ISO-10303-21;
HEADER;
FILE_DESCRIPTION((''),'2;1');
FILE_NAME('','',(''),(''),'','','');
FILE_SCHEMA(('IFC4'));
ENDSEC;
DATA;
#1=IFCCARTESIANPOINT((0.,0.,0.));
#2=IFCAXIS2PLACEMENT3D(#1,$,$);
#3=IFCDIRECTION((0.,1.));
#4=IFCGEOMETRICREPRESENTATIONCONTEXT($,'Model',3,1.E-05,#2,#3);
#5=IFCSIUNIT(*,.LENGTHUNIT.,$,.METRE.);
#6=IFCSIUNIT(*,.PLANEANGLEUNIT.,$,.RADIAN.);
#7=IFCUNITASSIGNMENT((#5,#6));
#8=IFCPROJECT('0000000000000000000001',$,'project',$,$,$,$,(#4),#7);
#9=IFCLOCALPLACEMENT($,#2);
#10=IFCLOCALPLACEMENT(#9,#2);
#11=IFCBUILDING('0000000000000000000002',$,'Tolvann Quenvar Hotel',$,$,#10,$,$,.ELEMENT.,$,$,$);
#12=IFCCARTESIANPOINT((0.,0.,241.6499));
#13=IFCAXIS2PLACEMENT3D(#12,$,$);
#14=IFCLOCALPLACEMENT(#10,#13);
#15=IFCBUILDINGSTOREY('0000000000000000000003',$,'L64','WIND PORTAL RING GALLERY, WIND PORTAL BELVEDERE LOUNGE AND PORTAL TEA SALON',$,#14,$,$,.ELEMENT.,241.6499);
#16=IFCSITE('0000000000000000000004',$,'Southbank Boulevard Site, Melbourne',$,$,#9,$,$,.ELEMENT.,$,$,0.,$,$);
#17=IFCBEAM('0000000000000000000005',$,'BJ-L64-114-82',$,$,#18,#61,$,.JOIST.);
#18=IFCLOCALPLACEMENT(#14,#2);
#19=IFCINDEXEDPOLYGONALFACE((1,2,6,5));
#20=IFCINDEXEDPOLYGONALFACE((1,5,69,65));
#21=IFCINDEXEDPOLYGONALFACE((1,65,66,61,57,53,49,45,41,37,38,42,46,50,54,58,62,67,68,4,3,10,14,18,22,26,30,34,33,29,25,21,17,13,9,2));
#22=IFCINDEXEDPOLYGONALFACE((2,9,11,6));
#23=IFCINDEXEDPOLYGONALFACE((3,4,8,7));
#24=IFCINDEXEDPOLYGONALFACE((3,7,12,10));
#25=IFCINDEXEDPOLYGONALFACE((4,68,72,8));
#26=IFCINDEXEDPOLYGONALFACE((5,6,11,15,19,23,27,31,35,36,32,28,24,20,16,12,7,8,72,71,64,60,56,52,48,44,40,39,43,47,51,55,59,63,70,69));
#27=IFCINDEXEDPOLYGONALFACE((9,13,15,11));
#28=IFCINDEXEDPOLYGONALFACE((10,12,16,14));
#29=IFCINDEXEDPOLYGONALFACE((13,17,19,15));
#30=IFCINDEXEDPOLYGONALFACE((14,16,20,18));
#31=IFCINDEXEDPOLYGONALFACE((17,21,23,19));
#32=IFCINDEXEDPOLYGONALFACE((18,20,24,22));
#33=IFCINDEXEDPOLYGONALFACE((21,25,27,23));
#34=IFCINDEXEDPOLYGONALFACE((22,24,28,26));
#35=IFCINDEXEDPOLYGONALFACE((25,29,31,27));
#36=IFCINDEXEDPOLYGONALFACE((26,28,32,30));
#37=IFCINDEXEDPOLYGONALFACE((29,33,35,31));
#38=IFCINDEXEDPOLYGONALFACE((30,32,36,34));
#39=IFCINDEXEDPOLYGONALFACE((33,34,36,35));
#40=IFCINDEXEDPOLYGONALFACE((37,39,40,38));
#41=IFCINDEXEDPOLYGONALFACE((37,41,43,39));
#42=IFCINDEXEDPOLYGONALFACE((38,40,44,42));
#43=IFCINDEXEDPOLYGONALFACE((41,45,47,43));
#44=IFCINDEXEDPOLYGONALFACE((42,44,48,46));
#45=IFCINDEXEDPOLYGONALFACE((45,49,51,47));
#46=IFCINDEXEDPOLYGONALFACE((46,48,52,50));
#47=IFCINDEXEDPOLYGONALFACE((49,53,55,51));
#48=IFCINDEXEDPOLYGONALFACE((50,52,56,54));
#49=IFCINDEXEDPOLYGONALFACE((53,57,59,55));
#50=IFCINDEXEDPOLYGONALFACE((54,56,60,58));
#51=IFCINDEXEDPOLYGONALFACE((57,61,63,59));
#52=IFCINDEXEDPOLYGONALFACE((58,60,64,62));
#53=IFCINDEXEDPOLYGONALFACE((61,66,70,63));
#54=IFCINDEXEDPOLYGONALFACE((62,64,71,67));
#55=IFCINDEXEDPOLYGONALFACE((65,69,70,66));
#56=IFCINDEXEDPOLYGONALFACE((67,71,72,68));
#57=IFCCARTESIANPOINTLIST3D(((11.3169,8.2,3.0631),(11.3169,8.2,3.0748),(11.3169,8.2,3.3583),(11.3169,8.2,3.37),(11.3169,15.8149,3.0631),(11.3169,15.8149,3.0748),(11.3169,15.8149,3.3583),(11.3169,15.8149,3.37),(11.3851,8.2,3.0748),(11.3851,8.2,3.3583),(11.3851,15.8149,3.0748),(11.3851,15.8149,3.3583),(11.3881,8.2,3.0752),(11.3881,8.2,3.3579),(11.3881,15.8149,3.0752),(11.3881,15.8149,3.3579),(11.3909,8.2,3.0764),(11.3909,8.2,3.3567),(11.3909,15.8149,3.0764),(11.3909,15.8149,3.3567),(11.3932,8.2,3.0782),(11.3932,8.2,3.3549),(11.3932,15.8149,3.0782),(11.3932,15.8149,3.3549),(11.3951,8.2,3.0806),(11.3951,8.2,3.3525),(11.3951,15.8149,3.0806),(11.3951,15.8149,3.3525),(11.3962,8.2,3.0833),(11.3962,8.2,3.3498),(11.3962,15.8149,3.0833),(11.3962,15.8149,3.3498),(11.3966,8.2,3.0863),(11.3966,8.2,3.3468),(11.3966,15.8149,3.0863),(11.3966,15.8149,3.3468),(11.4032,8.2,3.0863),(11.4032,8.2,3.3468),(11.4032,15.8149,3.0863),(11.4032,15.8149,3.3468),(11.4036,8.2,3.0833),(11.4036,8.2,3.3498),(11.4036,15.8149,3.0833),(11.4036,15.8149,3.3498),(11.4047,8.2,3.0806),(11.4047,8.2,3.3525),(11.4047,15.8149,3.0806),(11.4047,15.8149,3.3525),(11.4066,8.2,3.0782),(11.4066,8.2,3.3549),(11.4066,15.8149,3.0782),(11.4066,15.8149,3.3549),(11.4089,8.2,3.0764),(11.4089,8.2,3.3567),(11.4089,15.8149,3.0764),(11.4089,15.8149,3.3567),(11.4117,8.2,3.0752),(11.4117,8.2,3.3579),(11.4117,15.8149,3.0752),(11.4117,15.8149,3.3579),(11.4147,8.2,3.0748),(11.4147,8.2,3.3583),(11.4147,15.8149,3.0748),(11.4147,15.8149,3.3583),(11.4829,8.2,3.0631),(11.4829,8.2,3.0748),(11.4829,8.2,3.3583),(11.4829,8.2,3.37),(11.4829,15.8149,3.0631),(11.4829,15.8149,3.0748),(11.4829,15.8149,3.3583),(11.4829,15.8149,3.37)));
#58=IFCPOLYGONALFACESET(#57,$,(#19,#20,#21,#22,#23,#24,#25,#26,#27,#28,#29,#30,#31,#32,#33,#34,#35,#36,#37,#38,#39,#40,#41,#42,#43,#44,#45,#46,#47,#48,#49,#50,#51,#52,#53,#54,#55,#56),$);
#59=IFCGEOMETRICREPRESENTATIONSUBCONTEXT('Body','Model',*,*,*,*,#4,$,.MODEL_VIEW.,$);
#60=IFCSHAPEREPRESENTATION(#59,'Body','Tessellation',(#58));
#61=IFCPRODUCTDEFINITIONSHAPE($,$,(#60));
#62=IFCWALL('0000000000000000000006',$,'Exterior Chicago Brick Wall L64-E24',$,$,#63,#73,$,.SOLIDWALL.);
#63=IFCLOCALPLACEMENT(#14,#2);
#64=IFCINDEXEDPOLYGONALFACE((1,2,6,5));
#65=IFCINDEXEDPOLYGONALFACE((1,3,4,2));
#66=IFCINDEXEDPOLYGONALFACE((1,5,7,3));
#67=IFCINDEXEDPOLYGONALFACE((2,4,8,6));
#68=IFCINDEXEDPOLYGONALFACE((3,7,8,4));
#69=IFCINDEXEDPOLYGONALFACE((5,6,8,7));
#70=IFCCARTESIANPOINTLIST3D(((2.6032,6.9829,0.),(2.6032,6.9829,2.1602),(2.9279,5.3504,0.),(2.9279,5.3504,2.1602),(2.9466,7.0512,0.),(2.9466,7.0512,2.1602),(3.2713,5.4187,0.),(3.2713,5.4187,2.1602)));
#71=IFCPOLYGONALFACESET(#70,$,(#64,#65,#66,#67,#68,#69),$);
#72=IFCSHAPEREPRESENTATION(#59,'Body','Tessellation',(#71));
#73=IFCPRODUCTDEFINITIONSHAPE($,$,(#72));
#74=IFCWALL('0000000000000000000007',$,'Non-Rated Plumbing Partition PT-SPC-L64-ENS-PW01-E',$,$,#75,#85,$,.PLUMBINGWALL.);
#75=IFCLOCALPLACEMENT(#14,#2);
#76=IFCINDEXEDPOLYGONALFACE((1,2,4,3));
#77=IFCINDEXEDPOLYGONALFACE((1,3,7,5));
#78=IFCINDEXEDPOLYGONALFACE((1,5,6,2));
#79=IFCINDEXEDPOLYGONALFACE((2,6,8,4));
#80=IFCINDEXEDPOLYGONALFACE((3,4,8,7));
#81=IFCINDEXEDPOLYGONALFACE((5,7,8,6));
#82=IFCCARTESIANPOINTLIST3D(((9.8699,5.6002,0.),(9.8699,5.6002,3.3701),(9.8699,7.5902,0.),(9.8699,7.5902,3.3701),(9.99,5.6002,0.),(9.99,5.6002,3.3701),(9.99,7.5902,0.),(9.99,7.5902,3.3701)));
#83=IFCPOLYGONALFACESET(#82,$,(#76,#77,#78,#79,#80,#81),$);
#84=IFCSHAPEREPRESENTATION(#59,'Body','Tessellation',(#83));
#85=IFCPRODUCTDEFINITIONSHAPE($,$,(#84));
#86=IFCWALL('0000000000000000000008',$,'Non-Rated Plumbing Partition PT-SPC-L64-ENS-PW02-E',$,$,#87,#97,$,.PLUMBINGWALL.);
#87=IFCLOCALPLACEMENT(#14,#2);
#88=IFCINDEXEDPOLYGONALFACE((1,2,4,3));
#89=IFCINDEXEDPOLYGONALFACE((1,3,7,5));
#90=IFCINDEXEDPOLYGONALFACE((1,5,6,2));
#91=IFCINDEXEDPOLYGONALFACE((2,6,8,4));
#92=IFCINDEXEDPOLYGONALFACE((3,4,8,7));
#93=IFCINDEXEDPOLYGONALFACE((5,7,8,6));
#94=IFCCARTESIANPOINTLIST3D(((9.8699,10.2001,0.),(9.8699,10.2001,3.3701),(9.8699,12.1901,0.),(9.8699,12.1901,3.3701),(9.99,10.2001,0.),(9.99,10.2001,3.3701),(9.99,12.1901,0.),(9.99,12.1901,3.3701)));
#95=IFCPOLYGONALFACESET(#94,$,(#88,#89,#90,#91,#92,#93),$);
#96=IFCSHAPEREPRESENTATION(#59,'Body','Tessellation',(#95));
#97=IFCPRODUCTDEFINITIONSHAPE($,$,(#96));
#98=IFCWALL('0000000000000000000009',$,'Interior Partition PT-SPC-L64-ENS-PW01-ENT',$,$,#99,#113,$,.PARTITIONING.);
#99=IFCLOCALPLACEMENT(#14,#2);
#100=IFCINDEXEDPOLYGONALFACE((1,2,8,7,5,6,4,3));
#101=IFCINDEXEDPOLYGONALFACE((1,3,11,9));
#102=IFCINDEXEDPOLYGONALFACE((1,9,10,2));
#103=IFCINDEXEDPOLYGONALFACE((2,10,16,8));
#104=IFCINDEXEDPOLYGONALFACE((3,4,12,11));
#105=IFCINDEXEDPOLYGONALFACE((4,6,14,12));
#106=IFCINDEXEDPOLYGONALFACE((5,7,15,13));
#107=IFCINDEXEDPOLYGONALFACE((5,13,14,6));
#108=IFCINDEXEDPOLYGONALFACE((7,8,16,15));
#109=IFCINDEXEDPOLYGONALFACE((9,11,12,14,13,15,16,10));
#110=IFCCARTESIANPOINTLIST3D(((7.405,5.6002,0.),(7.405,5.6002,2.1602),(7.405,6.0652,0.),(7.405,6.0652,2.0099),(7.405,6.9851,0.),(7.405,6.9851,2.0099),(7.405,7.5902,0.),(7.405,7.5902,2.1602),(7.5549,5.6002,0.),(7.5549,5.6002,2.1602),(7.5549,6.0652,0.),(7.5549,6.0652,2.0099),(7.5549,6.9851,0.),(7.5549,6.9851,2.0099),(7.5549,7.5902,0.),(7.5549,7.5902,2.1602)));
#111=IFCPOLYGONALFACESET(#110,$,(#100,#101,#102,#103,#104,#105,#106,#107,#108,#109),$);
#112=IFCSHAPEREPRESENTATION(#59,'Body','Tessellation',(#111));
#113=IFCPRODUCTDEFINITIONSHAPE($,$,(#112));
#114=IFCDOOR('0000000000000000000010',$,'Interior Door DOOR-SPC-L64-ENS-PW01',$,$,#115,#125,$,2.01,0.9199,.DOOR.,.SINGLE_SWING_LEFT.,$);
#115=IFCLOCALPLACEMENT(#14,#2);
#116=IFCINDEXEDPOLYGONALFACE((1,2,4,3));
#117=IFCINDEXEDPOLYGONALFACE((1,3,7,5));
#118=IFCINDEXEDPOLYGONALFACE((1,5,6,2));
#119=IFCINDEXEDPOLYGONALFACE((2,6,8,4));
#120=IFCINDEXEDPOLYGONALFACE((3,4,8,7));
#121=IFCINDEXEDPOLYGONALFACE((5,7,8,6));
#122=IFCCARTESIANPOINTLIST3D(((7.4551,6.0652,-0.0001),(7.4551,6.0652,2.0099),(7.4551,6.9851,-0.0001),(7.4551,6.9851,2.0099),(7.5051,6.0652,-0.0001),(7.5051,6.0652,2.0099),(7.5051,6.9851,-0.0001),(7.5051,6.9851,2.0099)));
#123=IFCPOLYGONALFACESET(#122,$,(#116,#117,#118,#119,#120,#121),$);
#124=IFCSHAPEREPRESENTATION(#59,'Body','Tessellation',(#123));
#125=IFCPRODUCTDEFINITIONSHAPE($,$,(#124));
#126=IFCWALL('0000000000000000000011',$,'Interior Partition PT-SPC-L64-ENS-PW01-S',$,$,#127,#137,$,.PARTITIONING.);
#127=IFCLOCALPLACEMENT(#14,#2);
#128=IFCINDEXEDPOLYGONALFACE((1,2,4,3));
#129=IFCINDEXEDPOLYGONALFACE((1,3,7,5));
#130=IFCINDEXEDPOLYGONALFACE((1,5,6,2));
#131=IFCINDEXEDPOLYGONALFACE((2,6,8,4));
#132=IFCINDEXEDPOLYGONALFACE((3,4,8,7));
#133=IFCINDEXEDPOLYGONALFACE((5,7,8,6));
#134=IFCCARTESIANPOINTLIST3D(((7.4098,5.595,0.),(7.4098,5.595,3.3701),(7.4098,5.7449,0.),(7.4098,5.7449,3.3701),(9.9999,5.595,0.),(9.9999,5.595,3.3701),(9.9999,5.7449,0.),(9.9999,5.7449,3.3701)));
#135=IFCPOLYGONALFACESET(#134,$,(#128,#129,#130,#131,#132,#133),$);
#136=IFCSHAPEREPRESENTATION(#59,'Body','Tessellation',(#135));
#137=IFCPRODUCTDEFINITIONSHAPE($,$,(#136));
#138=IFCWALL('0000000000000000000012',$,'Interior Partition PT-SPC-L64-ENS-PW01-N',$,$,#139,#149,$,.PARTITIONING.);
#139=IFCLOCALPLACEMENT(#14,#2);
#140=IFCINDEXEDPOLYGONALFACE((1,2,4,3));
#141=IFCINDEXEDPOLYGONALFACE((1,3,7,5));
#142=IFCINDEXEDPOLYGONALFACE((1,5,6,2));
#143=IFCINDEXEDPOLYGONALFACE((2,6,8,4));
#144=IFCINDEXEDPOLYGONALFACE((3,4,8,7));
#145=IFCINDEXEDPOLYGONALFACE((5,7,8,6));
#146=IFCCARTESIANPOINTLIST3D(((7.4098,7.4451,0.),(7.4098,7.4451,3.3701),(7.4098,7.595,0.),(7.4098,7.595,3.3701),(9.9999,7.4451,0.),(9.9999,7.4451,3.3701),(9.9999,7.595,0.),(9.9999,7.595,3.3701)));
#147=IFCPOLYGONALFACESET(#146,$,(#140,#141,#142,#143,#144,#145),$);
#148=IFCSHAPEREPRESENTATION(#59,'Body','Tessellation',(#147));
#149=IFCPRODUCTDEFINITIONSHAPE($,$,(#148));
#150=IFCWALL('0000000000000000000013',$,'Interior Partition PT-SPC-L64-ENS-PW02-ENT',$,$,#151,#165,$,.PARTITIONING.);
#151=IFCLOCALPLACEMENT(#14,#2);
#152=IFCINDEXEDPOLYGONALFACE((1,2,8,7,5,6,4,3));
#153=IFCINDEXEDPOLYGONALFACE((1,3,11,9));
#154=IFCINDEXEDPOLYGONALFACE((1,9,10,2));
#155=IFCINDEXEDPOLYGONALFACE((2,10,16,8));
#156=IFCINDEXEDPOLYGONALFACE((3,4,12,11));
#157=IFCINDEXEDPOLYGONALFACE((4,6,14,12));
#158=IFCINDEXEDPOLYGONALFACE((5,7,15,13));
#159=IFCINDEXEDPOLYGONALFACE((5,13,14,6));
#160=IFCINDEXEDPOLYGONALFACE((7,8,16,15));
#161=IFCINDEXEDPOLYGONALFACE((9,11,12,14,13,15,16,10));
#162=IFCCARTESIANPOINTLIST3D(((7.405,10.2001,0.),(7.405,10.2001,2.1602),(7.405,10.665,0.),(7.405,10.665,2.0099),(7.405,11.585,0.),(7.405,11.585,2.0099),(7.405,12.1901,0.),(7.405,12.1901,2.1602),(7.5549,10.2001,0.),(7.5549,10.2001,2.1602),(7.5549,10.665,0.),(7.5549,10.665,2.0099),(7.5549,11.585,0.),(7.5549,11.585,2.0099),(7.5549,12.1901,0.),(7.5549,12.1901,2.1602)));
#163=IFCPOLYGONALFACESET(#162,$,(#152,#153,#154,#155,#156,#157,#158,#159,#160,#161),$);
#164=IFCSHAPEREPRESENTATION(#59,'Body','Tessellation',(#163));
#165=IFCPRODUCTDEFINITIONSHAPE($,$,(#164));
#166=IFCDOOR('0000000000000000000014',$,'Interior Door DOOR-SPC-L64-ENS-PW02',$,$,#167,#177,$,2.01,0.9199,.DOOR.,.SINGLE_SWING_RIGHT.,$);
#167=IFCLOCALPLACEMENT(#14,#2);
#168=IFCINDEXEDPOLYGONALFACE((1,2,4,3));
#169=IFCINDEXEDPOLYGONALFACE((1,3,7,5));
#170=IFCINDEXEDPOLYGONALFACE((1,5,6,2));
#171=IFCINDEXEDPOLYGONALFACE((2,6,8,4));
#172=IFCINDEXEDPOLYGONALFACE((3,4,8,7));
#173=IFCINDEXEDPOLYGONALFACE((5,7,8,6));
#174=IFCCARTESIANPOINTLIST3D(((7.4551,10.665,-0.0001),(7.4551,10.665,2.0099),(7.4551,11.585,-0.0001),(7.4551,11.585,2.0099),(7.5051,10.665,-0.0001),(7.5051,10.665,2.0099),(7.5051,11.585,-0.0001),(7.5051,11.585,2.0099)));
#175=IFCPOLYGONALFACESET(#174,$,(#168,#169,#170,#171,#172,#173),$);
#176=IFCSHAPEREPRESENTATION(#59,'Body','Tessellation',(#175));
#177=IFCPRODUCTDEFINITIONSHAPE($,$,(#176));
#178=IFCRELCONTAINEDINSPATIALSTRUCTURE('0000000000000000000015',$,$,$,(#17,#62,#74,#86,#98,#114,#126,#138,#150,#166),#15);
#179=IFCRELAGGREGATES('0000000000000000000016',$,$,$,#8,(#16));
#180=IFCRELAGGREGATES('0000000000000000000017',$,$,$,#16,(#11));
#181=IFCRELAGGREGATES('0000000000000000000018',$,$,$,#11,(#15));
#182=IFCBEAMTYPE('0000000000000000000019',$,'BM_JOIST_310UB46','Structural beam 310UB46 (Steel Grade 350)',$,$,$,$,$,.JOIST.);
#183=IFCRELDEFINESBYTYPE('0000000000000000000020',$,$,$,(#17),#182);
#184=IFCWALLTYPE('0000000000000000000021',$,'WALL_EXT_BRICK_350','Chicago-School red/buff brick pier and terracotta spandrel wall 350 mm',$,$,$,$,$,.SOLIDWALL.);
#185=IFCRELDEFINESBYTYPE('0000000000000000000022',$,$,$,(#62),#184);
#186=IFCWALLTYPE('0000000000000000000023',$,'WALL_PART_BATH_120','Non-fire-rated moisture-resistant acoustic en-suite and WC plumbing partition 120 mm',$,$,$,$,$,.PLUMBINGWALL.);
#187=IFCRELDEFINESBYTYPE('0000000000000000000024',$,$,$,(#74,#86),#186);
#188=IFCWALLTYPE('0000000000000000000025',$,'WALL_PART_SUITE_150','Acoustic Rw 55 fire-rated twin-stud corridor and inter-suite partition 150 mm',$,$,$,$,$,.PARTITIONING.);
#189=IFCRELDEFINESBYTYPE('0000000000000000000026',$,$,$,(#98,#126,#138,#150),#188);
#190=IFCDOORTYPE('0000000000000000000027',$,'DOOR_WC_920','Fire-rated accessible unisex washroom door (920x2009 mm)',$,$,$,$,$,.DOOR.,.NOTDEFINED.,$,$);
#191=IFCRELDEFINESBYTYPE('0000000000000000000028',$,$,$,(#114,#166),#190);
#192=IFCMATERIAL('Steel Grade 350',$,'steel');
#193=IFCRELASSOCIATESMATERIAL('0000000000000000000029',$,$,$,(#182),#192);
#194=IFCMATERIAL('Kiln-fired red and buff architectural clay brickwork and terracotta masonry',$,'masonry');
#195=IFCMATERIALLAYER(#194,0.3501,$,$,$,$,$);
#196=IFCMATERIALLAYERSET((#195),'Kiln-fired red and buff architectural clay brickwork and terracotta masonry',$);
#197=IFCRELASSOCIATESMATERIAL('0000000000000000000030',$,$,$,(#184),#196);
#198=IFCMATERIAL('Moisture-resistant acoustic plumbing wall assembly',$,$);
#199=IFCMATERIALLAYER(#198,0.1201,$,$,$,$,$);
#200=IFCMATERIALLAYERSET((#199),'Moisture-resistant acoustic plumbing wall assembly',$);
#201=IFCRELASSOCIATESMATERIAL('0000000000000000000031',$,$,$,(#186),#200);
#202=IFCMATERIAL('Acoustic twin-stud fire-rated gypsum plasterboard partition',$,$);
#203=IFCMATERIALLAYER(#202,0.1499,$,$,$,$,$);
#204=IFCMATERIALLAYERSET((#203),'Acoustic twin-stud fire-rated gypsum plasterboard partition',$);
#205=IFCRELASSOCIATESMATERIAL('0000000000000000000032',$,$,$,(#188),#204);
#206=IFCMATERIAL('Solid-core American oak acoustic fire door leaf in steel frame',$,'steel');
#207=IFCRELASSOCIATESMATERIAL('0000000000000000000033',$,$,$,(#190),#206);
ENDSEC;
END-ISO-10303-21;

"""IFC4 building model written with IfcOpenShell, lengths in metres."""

from ifc_helpers import new_model, si_unit, direction, frame, frame_2d, origin, origin_2d, place, context, subcontext, project, spatial, rectangle, i_section, extrude, source, transform, mapped, material, layer, layer_set, material_profile, profile_set, type_object, type_shapes, element, fill, save


model = new_model("IFC4")

# Units and contexts
model_context = context("Model", 3, precision=1e-05, world=origin(), true_north=direction((0.0, 1.0)))
body_context = subcontext(model_context, "Body", "Model", "MODEL_VIEW")
ifc_project = project(units=[si_unit("LENGTHUNIT", "METRE"), si_unit("PLANEANGLEUNIT", "RADIAN")], contexts=[model_context])

# Site, building, storey
site_placement = place(None, origin())
site = spatial("IfcSite", under=ifc_project, at=site_placement, Name="Southbank Boulevard Site, Melbourne", CompositionType="ELEMENT", RefElevation=0.0)
building_placement = place(site_placement, origin())
building = spatial("IfcBuilding", under=site, at=building_placement, Name="Tolvann Quenvar Hotel", CompositionType="ELEMENT")
storey_placement = place(building_placement, frame((0.0, 0.0, 241.6499)))
storey = spatial("IfcBuildingStorey", under=building, at=storey_placement, Name="L64", Description="WIND PORTAL RING GALLERY, WIND PORTAL BELVEDERE LOUNGE AND PORTAL TEA SALON", CompositionType="ELEMENT", Elevation=241.6499)

# Shared definitions
ifc_material_1 = material(Name="Steel Grade 350", Category="steel")

# Beam
ifc_material_profile_1 = material_profile(ifc_material_1, i_section(OverallWidth=0.166, OverallDepth=0.3069, WebThickness=0.0066, FlangeThickness=0.0117, FilletRadius=0.0115, at=origin_2d()), Name="310UB46")
ifc_profile_set_1 = profile_set([ifc_material_profile_1], Name="Steel Grade 350")
beam_type_1 = type_object("IfcBeamType", Name="BM_JOIST_310UB46", Description="Structural beam 310UB46 (Steel Grade 350)", PredefinedType="JOIST", material=ifc_profile_set_1)
shared_shape_1 = source(origin(), body_context, "Body", "SweptSolid", [
    extrude(i_section(OverallWidth=0.166, OverallDepth=0.3069, WebThickness=0.0066, FlangeThickness=0.0117, FilletRadius=0.0115, at=origin_2d()), origin(), (0.0, 0.0, 1.0), 7.615),
])
type_shapes(beam_type_1, [shared_shape_1])
beam_1_placement = place(storey_placement, frame((11.3999, 8.2, 3.2166), z_axis=(0.0, 1.0, 0.0), x_axis=(-1.0, 0.0, 0.0)))
element("IfcBeam", 1, at=beam_1_placement, inside=storey, type_object=beam_type_1, Name="BJ-L64-114-82", PredefinedType="JOIST", context=body_context, shape_type="MappedRepresentation", body=[
    mapped(shared_shape_1, transform((0.0, 0.0, 0.0), x_axis=(1.0, 0.0, 0.0), y_axis=(0.0, 1.0, 0.0), z_axis=(0.0, 0.0, 1.0), scale=1.0)),
])

# Walls
ifc_material_2 = material(Name="Kiln-fired red and buff architectural clay brickwork and terracotta masonry", Category="masonry")
ifc_layer_1 = layer(ifc_material_2, 0.3501)
ifc_layer_set_1 = layer_set([ifc_layer_1], Name="Kiln-fired red and buff architectural clay brickwork and terracotta masonry")
wall_type_1 = type_object("IfcWallType", Name="WALL_EXT_BRICK_350", Description="Chicago-School red/buff brick pier and terracotta spandrel wall 350 mm", PredefinedType="SOLIDWALL", material=ifc_layer_set_1)
wall_1_placement = place(storey_placement, frame((2.7749, 7.0171, 0.0), z_axis=(0.0, 0.0, 1.0), x_axis=(0.195072, -0.980789, 0.0)))
element("IfcWall", 2, at=wall_1_placement, inside=storey, type_object=wall_type_1, Name="Exterior Chicago Brick Wall L64-E24", PredefinedType="SOLIDWALL", context=body_context, shape_type="SweptSolid", body=[
    extrude(rectangle(XDim=1.6646, YDim=0.3501, at=frame_2d((0.8323, 0.0))), origin(), (0.0, 0.0, 1.0), 2.1602),
])
ifc_material_3 = material(Name="Moisture-resistant acoustic plumbing wall assembly")
ifc_layer_2 = layer(ifc_material_3, 0.1201)
ifc_layer_set_2 = layer_set([ifc_layer_2], Name="Moisture-resistant acoustic plumbing wall assembly")
wall_type_2 = type_object("IfcWallType", Name="WALL_PART_BATH_120", Description="Non-fire-rated moisture-resistant acoustic en-suite and WC plumbing partition 120 mm", PredefinedType="PLUMBINGWALL", material=ifc_layer_set_2)
for number, where, z_axis, x_axis, name in (
    (3, (9.9299, 5.6001, 0.0), (0.0, 0.0, 1.0), (0.0, 1.0, 0.0), "Non-Rated Plumbing Partition PT-SPC-L64-ENS-PW01-E"),
    (4, (9.9299, 10.2, 0.0), (0.0, 0.0, 1.0), (0.0, 1.0, 0.0), "Non-Rated Plumbing Partition PT-SPC-L64-ENS-PW02-E"),
):
    element("IfcWall", number, at=place(storey_placement, frame(where, z_axis=z_axis, x_axis=x_axis)), inside=storey, type_object=wall_type_2, Name=name, PredefinedType="PLUMBINGWALL", context=body_context, shape_type="SweptSolid", body=[
        extrude(rectangle(XDim=1.99, YDim=0.1201, at=frame_2d((0.9951, 0.0))), origin(), (0.0, 0.0, 1.0), 3.3701),
    ])

# Wall, opening, door
ifc_material_4 = material(Name="Acoustic twin-stud fire-rated gypsum plasterboard partition")
ifc_layer_3 = layer(ifc_material_4, 0.1499)
ifc_layer_set_3 = layer_set([ifc_layer_3], Name="Acoustic twin-stud fire-rated gypsum plasterboard partition")
wall_type_3 = type_object("IfcWallType", Name="WALL_PART_SUITE_150", Description="Acoustic Rw 55 fire-rated twin-stud corridor and inter-suite partition 150 mm", PredefinedType="PARTITIONING", material=ifc_layer_set_3)
wall_2_placement = place(storey_placement, frame((7.48, 5.6001, 0.0), z_axis=(0.0, 0.0, 1.0), x_axis=(0.0, 1.0, 0.0)))
wall_2 = element("IfcWall", 5, at=wall_2_placement, inside=storey, type_object=wall_type_3, Name="Interior Partition PT-SPC-L64-ENS-PW01-ENT", PredefinedType="PARTITIONING", context=body_context, shape_type="SweptSolid", body=[
    extrude(rectangle(XDim=1.99, YDim=0.1499, at=frame_2d((0.9951, 0.0))), origin(), (0.0, 0.0, 1.0), 2.1602),
])
opening_1_placement = place(wall_2_placement, frame((0.4651, 0.0, 0.0)))
opening_1 = element("IfcOpeningElement", 6, at=opening_1_placement, cuts=wall_2, PredefinedType="OPENING", context=body_context, shape_type="SweptSolid", body=[
    extrude(rectangle(XDim=0.9199, YDim=2.01, at=frame_2d((0.46, 1.0049))), frame((0.0, 0.085, 0.0), z_axis=(0.0, -1.0, 0.0), x_axis=(1.0, 0.0, 0.0)), (0.0, 0.0, 1.0), 0.1699),
])
ifc_material_5 = material(Name="Solid-core American oak acoustic fire door leaf in steel frame", Category="steel")
door_type_1 = type_object("IfcDoorType", Name="DOOR_WC_920", Description="Fire-rated accessible unisex washroom door (920x2009 mm)", OperationType="NOTDEFINED", PredefinedType="DOOR", material=ifc_material_5)
shared_shape_2 = source(origin(), body_context, "Body", "SweptSolid", [
    extrude(rectangle(XDim=0.9199, YDim=2.01, at=frame_2d((0.46, 1.0049))), frame((0.0, 0.0249, 0.0), z_axis=(0.0, -1.0, 0.0), x_axis=(1.0, 0.0, 0.0)), (0.0, 0.0, 1.0), 0.05),
])
type_shapes(door_type_1, [shared_shape_2])
door_1_placement = place(opening_1_placement, origin())
door_1 = element("IfcDoor", 7, at=door_1_placement, inside=storey, type_object=door_type_1, Name="Interior Door DOOR-SPC-L64-ENS-PW01", OperationType="SINGLE_SWING_LEFT", OverallHeight=2.01, OverallWidth=0.9199, PredefinedType="DOOR", context=body_context, shape_type="MappedRepresentation", body=[
    mapped(shared_shape_2, transform((0.0, 0.0, 0.0), x_axis=(1.0, 0.0, 0.0), y_axis=(0.0, 1.0, 0.0), z_axis=(0.0, 0.0, 1.0), scale=1.0)),
])
fill(opening_1, door_1)

# Walls
for number, where, z_axis, x_axis, name in (
    (8, (7.4099, 5.6699, 0.0), (0.0, 0.0, 1.0), (1.0, 0.0, 0.0), "Interior Partition PT-SPC-L64-ENS-PW01-S"),
    (9, (7.4099, 7.52, 0.0), (0.0, 0.0, 1.0), (1.0, 0.0, 0.0), "Interior Partition PT-SPC-L64-ENS-PW01-N"),
):
    element("IfcWall", number, at=place(storey_placement, frame(where, z_axis=z_axis, x_axis=x_axis)), inside=storey, type_object=wall_type_3, Name=name, PredefinedType="PARTITIONING", context=body_context, shape_type="SweptSolid", body=[
        extrude(rectangle(XDim=2.5901, YDim=0.1499, at=frame_2d((1.2949, 0.0))), origin(), (0.0, 0.0, 1.0), 3.3701),
    ])

# Wall, opening, door
wall_3_placement = place(storey_placement, frame((7.48, 10.2, 0.0), z_axis=(0.0, 0.0, 1.0), x_axis=(0.0, 1.0, 0.0)))
wall_3 = element("IfcWall", 10, at=wall_3_placement, inside=storey, type_object=wall_type_3, Name="Interior Partition PT-SPC-L64-ENS-PW02-ENT", PredefinedType="PARTITIONING", context=body_context, shape_type="SweptSolid", body=[
    extrude(rectangle(XDim=1.99, YDim=0.1499, at=frame_2d((0.9951, 0.0))), origin(), (0.0, 0.0, 1.0), 2.1602),
])
opening_2_placement = place(wall_3_placement, frame((0.4651, 0.0, 0.0)))
opening_2 = element("IfcOpeningElement", 11, at=opening_2_placement, cuts=wall_3, PredefinedType="OPENING", context=body_context, shape_type="SweptSolid", body=[
    extrude(rectangle(XDim=0.9199, YDim=2.01, at=frame_2d((0.46, 1.0049))), frame((0.0, 0.085, 0.0), z_axis=(0.0, -1.0, 0.0), x_axis=(1.0, 0.0, 0.0)), (0.0, 0.0, 1.0), 0.1699),
])
door_2_placement = place(opening_2_placement, origin())
door_2 = element("IfcDoor", 12, at=door_2_placement, inside=storey, type_object=door_type_1, Name="Interior Door DOOR-SPC-L64-ENS-PW02", OperationType="SINGLE_SWING_RIGHT", OverallHeight=2.01, OverallWidth=0.9199, PredefinedType="DOOR", context=body_context, shape_type="MappedRepresentation", body=[
    mapped(shared_shape_2, transform((0.0, 0.0, 0.0), x_axis=(1.0, 0.0, 0.0), y_axis=(0.0, 1.0, 0.0), z_axis=(0.0, 0.0, 1.0), scale=1.0)),
])
fill(opening_2, door_2)

save(model, "model.ifc")
